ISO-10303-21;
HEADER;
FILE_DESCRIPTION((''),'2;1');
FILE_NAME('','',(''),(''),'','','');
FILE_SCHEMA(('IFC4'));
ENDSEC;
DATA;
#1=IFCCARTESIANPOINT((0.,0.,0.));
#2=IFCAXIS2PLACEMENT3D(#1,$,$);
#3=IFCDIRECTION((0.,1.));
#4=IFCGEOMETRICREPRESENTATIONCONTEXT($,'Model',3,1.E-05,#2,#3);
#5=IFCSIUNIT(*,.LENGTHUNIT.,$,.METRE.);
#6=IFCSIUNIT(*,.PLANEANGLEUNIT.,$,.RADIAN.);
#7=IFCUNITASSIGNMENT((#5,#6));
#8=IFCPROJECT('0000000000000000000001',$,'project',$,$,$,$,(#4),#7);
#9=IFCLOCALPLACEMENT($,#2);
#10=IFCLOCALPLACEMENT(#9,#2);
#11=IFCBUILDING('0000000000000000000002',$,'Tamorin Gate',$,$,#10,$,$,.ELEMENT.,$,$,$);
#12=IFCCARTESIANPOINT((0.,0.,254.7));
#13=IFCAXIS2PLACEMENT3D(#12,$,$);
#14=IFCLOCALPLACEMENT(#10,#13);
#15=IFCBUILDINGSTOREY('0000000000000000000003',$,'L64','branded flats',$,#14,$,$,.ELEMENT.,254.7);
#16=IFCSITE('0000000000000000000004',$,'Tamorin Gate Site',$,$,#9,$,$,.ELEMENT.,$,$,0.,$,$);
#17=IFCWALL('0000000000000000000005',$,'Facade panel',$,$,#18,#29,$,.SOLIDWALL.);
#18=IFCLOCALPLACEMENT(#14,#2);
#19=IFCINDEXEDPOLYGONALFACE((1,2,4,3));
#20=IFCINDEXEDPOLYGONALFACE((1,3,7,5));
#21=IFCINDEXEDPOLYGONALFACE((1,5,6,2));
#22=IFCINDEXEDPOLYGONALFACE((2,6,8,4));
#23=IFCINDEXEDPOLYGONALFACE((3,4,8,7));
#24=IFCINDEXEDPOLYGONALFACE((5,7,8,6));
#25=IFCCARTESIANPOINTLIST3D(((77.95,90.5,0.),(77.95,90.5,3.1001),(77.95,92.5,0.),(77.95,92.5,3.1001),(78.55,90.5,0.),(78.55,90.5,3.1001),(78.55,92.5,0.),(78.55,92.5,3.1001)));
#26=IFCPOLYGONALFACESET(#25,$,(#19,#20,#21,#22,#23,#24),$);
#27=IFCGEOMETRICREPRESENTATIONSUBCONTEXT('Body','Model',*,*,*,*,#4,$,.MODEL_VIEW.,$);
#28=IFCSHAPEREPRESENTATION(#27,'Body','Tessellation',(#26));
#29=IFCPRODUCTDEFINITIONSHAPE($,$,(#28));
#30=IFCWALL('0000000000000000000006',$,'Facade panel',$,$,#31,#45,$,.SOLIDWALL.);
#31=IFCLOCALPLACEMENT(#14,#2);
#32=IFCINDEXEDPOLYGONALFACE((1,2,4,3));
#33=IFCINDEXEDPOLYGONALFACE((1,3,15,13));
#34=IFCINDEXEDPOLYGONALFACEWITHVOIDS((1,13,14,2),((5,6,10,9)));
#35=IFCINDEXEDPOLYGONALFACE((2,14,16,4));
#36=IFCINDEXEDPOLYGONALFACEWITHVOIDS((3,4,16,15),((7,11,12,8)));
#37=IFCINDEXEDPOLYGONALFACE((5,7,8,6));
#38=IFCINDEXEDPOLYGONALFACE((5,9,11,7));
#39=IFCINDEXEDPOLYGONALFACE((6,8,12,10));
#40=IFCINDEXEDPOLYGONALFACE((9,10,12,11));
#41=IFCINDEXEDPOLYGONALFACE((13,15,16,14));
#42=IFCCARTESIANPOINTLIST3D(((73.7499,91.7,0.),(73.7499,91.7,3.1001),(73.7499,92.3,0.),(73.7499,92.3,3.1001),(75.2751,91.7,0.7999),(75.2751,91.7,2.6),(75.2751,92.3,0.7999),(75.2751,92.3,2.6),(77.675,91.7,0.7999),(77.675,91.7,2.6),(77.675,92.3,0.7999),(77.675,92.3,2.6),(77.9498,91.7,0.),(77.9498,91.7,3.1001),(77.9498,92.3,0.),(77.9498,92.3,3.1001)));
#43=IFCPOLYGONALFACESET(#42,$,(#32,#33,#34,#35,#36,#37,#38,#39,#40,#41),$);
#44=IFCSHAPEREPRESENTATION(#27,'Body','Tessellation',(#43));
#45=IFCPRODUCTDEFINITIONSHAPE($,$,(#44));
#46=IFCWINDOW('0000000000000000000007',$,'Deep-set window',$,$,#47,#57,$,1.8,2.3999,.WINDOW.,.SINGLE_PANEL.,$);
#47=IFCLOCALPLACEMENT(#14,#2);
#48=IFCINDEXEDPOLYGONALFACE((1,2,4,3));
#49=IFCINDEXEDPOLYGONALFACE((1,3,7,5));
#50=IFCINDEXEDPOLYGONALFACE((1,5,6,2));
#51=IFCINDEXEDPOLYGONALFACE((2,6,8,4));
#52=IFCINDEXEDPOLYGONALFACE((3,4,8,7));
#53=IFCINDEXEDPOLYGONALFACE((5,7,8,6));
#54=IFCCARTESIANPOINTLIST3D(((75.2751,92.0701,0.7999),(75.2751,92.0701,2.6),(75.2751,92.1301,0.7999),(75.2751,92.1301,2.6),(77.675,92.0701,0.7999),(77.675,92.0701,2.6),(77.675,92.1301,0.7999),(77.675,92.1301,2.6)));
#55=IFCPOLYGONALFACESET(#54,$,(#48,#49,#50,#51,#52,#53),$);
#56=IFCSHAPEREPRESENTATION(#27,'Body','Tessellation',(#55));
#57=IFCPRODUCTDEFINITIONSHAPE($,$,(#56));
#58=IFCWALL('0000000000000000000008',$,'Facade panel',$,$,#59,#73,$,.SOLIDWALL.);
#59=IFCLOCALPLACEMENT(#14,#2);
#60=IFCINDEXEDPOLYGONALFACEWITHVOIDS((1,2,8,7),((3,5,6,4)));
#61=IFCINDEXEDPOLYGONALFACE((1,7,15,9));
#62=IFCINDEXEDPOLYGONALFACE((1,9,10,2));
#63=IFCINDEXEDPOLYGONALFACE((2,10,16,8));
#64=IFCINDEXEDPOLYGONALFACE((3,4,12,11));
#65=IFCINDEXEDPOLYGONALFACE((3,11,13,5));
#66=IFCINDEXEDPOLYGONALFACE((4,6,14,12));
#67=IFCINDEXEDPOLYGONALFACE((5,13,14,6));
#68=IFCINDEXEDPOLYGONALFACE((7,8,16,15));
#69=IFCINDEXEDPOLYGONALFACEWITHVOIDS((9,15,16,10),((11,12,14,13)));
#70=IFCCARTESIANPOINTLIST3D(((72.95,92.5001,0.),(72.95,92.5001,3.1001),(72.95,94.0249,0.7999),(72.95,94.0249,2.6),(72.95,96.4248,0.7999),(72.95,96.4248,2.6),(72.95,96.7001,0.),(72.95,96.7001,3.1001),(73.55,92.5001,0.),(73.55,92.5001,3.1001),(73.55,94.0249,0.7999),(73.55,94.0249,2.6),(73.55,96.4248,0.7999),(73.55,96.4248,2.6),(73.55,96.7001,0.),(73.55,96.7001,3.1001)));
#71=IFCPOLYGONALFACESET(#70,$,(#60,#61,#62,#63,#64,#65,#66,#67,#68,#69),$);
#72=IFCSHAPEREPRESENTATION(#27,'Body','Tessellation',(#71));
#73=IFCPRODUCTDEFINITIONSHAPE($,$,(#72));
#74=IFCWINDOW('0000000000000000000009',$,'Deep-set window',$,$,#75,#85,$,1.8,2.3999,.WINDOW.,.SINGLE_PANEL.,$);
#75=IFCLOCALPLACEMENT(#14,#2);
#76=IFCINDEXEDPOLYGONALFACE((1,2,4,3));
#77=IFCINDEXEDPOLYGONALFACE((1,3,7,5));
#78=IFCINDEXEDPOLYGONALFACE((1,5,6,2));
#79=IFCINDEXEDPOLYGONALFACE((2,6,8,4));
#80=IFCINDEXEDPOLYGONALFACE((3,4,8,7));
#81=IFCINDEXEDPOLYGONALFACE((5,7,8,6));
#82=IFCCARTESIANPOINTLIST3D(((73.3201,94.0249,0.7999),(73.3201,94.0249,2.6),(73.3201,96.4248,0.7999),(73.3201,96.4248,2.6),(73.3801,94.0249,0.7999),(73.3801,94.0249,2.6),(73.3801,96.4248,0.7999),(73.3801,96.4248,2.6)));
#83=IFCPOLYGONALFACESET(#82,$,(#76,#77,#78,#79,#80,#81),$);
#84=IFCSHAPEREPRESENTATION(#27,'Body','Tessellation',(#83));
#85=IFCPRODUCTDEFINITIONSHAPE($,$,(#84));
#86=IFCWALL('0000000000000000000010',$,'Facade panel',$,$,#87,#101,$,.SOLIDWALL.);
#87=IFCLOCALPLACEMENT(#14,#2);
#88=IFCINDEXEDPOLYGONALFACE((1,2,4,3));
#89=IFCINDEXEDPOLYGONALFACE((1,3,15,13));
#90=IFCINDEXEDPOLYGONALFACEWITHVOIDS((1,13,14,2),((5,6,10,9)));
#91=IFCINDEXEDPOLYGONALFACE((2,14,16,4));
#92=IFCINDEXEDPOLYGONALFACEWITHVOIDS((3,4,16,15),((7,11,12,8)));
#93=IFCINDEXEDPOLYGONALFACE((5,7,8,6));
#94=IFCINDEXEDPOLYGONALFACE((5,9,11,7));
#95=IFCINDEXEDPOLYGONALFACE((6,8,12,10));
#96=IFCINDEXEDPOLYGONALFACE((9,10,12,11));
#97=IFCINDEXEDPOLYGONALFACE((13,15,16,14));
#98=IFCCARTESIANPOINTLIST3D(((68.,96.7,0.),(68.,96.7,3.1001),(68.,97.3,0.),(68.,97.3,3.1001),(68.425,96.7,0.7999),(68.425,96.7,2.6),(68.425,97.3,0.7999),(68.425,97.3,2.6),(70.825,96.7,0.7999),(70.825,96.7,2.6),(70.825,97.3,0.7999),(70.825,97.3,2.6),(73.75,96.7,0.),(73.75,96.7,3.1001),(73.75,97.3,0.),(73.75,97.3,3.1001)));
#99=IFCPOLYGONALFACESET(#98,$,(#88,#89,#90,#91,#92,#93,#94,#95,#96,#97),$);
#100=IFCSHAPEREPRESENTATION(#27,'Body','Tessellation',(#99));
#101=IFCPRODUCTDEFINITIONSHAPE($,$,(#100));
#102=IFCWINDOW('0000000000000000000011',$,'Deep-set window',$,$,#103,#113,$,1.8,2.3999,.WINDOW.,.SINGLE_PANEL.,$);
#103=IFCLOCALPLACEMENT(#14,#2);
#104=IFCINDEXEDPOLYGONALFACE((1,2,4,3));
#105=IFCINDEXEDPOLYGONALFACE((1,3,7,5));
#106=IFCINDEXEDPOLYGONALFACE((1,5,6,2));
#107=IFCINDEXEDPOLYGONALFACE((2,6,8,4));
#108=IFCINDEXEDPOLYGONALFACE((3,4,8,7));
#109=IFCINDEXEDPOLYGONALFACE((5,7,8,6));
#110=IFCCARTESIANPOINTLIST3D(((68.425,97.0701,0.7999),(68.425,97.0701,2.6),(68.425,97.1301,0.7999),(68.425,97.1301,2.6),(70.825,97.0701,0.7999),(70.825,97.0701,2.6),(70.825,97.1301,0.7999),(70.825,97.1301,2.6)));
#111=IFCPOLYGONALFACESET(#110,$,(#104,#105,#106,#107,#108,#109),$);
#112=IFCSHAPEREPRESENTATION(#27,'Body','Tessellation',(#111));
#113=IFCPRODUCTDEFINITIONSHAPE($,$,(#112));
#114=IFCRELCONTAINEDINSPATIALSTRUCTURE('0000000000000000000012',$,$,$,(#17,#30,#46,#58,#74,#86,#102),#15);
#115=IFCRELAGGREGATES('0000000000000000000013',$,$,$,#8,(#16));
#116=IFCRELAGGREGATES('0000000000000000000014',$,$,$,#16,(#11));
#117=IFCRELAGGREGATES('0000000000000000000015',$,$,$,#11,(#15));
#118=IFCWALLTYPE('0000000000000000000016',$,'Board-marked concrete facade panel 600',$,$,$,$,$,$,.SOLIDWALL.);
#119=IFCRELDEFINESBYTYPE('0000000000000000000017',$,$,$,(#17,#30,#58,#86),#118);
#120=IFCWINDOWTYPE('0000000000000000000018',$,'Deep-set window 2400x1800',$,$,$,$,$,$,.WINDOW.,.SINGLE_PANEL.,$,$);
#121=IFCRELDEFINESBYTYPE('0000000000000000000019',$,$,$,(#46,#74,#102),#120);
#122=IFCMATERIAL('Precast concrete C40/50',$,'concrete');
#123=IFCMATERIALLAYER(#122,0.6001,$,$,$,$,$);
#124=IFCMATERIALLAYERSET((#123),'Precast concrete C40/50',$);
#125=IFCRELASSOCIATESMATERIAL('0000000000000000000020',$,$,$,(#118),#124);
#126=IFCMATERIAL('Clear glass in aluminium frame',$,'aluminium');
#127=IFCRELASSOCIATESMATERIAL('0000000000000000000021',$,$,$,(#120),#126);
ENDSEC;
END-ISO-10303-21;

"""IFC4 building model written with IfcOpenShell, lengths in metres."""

from ifc_helpers import new_model, si_unit, direction, frame, frame_2d, origin, place, context, subcontext, project, spatial, rectangle, extrude, material, layer, layer_set, type_object, element, fill, save


model = new_model("IFC4")

# Units and contexts
model_context = context("Model", 3, precision=1e-05, world=origin(), true_north=direction((0.0, 1.0)))
body_context = subcontext(model_context, "Body", "Model", "MODEL_VIEW")
ifc_project = project(units=[si_unit("LENGTHUNIT", "METRE"), si_unit("PLANEANGLEUNIT", "RADIAN")], contexts=[model_context])

# Site, building, storey
site_placement = place(None, origin())
site = spatial("IfcSite", under=ifc_project, at=site_placement, Name="Tamorin Gate Site", CompositionType="ELEMENT", RefElevation=0.0)
building_placement = place(site_placement, origin())
building = spatial("IfcBuilding", under=site, at=building_placement, Name="Tamorin Gate", CompositionType="ELEMENT")
storey_placement = place(building_placement, frame((0.0, 0.0, 254.7)))
storey = spatial("IfcBuildingStorey", under=building, at=storey_placement, Name="L64", Description="branded flats", CompositionType="ELEMENT", Elevation=254.7)

# Shared definitions
ifc_material_1 = material(Name="Precast concrete C40/50", Category="concrete")
ifc_layer = layer(ifc_material_1, 0.6001)
ifc_layer_set = layer_set([ifc_layer], Name="Precast concrete C40/50")
wall_type = type_object("IfcWallType", Name="Board-marked concrete facade panel 600", PredefinedType="SOLIDWALL", material=ifc_layer_set)
ifc_material_2 = material(Name="Clear glass in aluminium frame", Category="aluminium")
window_type = type_object("IfcWindowType", Name="Deep-set window 2400x1800", PartitioningType="SINGLE_PANEL", PredefinedType="WINDOW", material=ifc_material_2)

# Wall
wall_1_placement = place(storey_placement, frame((78.25, 90.5, 0.0), z_axis=(0.0, 0.0, 1.0), x_axis=(0.0, 1.0, 0.0)))
element("IfcWall", 1, at=wall_1_placement, inside=storey, type_object=wall_type, Name="Facade panel", PredefinedType="SOLIDWALL", context=body_context, shape_type="SweptSolid", body=[
    extrude(rectangle(XDim=2.0, YDim=0.6001, at=frame_2d((1.0, 0.0))), origin(), (0.0, 0.0, 1.0), 3.1001),
])

# Walls, openings, windows
wall_2_placement = place(storey_placement, frame((77.95, 92.0, 0.0), z_axis=(0.0, 0.0, 1.0), x_axis=(-1.0, 0.0, 0.0)))
wall_2 = element("IfcWall", 2, at=wall_2_placement, inside=storey, type_object=wall_type, Name="Facade panel", PredefinedType="SOLIDWALL", context=body_context, shape_type="SweptSolid", body=[
    extrude(rectangle(XDim=4.2, YDim=0.6001, at=frame_2d((2.1001, 0.0))), origin(), (0.0, 0.0, 1.0), 3.1001),
])
opening_1_placement = place(wall_2_placement, frame((0.2749, 0.0, 0.8)))
opening_1 = element("IfcOpeningElement", 3, at=opening_1_placement, cuts=wall_2, PredefinedType="OPENING", context=body_context, shape_type="SweptSolid", body=[
    extrude(rectangle(XDim=2.3999, YDim=1.8, at=frame_2d((1.2, 0.8999))), frame((0.0, 0.3101, 0.0), z_axis=(0.0, -1.0, 0.0), x_axis=(1.0, 0.0, 0.0)), (0.0, 0.0, 1.0), 0.6201),
])
window_1_placement = place(opening_1_placement, origin())
window_1 = element("IfcWindow", 4, at=window_1_placement, inside=storey, type_object=window_type, Name="Deep-set window", OverallHeight=1.8, OverallWidth=2.3999, PartitioningType="SINGLE_PANEL", PredefinedType="WINDOW", context=body_context, shape_type="SweptSolid", body=[
    extrude(rectangle(XDim=2.3999, YDim=1.8, at=frame_2d((1.2, 0.8999))), frame((0.0, -0.0701, 0.0), z_axis=(0.0, -1.0, 0.0), x_axis=(1.0, 0.0, 0.0)), (0.0, 0.0, 1.0), 0.0601),
])
fill(opening_1, window_1)
wall_3_placement = place(storey_placement, frame((73.25, 92.5, 0.0), z_axis=(0.0, 0.0, 1.0), x_axis=(0.0, 1.0, 0.0)))
wall_3 = element("IfcWall", 5, at=wall_3_placement, inside=storey, type_object=wall_type, Name="Facade panel", PredefinedType="SOLIDWALL", context=body_context, shape_type="SweptSolid", body=[
    extrude(rectangle(XDim=4.2, YDim=0.6001, at=frame_2d((2.1001, 0.0))), origin(), (0.0, 0.0, 1.0), 3.1001),
])
opening_2_placement = place(wall_3_placement, frame((1.5249, 0.0, 0.8)))
opening_2 = element("IfcOpeningElement", 6, at=opening_2_placement, cuts=wall_3, PredefinedType="OPENING", context=body_context, shape_type="SweptSolid", body=[
    extrude(rectangle(XDim=2.3999, YDim=1.8, at=frame_2d((1.2, 0.8999))), frame((0.0, 0.3101, 0.0), z_axis=(0.0, -1.0, 0.0), x_axis=(1.0, 0.0, 0.0)), (0.0, 0.0, 1.0), 0.6201),
])
window_2_placement = place(opening_2_placement, origin())
window_2 = element("IfcWindow", 7, at=window_2_placement, inside=storey, type_object=window_type, Name="Deep-set window", OverallHeight=1.8, OverallWidth=2.3999, PartitioningType="SINGLE_PANEL", PredefinedType="WINDOW", context=body_context, shape_type="SweptSolid", body=[
    extrude(rectangle(XDim=2.3999, YDim=1.8, at=frame_2d((1.2, 0.8999))), frame((0.0, -0.0701, 0.0), z_axis=(0.0, -1.0, 0.0), x_axis=(1.0, 0.0, 0.0)), (0.0, 0.0, 1.0), 0.0601),
])
fill(opening_2, window_2)
wall_4_placement = place(storey_placement, frame((73.75, 97.0, 0.0), z_axis=(0.0, 0.0, 1.0), x_axis=(-1.0, 0.0, 0.0)))
wall_4 = element("IfcWall", 8, at=wall_4_placement, inside=storey, type_object=wall_type, Name="Facade panel", PredefinedType="SOLIDWALL", context=body_context, shape_type="SweptSolid", body=[
    extrude(rectangle(XDim=5.75, YDim=0.6001, at=frame_2d((2.875, 0.0))), origin(), (0.0, 0.0, 1.0), 3.1001),
])
opening_3_placement = place(wall_4_placement, frame((2.925, 0.0, 0.8)))
opening_3 = element("IfcOpeningElement", 9, at=opening_3_placement, cuts=wall_4, PredefinedType="OPENING", context=body_context, shape_type="SweptSolid", body=[
    extrude(rectangle(XDim=2.3999, YDim=1.8, at=frame_2d((1.2, 0.8999))), frame((0.0, 0.3101, 0.0), z_axis=(0.0, -1.0, 0.0), x_axis=(1.0, 0.0, 0.0)), (0.0, 0.0, 1.0), 0.6201),
])
window_3_placement = place(opening_3_placement, origin())
window_3 = element("IfcWindow", 10, at=window_3_placement, inside=storey, type_object=window_type, Name="Deep-set window", OverallHeight=1.8, OverallWidth=2.3999, PartitioningType="SINGLE_PANEL", PredefinedType="WINDOW", context=body_context, shape_type="SweptSolid", body=[
    extrude(rectangle(XDim=2.3999, YDim=1.8, at=frame_2d((1.2, 0.8999))), frame((0.0, -0.0701, 0.0), z_axis=(0.0, -1.0, 0.0), x_axis=(1.0, 0.0, 0.0)), (0.0, 0.0, 1.0), 0.0601),
])
fill(opening_3, window_3)

save(model, "model.ifc")
